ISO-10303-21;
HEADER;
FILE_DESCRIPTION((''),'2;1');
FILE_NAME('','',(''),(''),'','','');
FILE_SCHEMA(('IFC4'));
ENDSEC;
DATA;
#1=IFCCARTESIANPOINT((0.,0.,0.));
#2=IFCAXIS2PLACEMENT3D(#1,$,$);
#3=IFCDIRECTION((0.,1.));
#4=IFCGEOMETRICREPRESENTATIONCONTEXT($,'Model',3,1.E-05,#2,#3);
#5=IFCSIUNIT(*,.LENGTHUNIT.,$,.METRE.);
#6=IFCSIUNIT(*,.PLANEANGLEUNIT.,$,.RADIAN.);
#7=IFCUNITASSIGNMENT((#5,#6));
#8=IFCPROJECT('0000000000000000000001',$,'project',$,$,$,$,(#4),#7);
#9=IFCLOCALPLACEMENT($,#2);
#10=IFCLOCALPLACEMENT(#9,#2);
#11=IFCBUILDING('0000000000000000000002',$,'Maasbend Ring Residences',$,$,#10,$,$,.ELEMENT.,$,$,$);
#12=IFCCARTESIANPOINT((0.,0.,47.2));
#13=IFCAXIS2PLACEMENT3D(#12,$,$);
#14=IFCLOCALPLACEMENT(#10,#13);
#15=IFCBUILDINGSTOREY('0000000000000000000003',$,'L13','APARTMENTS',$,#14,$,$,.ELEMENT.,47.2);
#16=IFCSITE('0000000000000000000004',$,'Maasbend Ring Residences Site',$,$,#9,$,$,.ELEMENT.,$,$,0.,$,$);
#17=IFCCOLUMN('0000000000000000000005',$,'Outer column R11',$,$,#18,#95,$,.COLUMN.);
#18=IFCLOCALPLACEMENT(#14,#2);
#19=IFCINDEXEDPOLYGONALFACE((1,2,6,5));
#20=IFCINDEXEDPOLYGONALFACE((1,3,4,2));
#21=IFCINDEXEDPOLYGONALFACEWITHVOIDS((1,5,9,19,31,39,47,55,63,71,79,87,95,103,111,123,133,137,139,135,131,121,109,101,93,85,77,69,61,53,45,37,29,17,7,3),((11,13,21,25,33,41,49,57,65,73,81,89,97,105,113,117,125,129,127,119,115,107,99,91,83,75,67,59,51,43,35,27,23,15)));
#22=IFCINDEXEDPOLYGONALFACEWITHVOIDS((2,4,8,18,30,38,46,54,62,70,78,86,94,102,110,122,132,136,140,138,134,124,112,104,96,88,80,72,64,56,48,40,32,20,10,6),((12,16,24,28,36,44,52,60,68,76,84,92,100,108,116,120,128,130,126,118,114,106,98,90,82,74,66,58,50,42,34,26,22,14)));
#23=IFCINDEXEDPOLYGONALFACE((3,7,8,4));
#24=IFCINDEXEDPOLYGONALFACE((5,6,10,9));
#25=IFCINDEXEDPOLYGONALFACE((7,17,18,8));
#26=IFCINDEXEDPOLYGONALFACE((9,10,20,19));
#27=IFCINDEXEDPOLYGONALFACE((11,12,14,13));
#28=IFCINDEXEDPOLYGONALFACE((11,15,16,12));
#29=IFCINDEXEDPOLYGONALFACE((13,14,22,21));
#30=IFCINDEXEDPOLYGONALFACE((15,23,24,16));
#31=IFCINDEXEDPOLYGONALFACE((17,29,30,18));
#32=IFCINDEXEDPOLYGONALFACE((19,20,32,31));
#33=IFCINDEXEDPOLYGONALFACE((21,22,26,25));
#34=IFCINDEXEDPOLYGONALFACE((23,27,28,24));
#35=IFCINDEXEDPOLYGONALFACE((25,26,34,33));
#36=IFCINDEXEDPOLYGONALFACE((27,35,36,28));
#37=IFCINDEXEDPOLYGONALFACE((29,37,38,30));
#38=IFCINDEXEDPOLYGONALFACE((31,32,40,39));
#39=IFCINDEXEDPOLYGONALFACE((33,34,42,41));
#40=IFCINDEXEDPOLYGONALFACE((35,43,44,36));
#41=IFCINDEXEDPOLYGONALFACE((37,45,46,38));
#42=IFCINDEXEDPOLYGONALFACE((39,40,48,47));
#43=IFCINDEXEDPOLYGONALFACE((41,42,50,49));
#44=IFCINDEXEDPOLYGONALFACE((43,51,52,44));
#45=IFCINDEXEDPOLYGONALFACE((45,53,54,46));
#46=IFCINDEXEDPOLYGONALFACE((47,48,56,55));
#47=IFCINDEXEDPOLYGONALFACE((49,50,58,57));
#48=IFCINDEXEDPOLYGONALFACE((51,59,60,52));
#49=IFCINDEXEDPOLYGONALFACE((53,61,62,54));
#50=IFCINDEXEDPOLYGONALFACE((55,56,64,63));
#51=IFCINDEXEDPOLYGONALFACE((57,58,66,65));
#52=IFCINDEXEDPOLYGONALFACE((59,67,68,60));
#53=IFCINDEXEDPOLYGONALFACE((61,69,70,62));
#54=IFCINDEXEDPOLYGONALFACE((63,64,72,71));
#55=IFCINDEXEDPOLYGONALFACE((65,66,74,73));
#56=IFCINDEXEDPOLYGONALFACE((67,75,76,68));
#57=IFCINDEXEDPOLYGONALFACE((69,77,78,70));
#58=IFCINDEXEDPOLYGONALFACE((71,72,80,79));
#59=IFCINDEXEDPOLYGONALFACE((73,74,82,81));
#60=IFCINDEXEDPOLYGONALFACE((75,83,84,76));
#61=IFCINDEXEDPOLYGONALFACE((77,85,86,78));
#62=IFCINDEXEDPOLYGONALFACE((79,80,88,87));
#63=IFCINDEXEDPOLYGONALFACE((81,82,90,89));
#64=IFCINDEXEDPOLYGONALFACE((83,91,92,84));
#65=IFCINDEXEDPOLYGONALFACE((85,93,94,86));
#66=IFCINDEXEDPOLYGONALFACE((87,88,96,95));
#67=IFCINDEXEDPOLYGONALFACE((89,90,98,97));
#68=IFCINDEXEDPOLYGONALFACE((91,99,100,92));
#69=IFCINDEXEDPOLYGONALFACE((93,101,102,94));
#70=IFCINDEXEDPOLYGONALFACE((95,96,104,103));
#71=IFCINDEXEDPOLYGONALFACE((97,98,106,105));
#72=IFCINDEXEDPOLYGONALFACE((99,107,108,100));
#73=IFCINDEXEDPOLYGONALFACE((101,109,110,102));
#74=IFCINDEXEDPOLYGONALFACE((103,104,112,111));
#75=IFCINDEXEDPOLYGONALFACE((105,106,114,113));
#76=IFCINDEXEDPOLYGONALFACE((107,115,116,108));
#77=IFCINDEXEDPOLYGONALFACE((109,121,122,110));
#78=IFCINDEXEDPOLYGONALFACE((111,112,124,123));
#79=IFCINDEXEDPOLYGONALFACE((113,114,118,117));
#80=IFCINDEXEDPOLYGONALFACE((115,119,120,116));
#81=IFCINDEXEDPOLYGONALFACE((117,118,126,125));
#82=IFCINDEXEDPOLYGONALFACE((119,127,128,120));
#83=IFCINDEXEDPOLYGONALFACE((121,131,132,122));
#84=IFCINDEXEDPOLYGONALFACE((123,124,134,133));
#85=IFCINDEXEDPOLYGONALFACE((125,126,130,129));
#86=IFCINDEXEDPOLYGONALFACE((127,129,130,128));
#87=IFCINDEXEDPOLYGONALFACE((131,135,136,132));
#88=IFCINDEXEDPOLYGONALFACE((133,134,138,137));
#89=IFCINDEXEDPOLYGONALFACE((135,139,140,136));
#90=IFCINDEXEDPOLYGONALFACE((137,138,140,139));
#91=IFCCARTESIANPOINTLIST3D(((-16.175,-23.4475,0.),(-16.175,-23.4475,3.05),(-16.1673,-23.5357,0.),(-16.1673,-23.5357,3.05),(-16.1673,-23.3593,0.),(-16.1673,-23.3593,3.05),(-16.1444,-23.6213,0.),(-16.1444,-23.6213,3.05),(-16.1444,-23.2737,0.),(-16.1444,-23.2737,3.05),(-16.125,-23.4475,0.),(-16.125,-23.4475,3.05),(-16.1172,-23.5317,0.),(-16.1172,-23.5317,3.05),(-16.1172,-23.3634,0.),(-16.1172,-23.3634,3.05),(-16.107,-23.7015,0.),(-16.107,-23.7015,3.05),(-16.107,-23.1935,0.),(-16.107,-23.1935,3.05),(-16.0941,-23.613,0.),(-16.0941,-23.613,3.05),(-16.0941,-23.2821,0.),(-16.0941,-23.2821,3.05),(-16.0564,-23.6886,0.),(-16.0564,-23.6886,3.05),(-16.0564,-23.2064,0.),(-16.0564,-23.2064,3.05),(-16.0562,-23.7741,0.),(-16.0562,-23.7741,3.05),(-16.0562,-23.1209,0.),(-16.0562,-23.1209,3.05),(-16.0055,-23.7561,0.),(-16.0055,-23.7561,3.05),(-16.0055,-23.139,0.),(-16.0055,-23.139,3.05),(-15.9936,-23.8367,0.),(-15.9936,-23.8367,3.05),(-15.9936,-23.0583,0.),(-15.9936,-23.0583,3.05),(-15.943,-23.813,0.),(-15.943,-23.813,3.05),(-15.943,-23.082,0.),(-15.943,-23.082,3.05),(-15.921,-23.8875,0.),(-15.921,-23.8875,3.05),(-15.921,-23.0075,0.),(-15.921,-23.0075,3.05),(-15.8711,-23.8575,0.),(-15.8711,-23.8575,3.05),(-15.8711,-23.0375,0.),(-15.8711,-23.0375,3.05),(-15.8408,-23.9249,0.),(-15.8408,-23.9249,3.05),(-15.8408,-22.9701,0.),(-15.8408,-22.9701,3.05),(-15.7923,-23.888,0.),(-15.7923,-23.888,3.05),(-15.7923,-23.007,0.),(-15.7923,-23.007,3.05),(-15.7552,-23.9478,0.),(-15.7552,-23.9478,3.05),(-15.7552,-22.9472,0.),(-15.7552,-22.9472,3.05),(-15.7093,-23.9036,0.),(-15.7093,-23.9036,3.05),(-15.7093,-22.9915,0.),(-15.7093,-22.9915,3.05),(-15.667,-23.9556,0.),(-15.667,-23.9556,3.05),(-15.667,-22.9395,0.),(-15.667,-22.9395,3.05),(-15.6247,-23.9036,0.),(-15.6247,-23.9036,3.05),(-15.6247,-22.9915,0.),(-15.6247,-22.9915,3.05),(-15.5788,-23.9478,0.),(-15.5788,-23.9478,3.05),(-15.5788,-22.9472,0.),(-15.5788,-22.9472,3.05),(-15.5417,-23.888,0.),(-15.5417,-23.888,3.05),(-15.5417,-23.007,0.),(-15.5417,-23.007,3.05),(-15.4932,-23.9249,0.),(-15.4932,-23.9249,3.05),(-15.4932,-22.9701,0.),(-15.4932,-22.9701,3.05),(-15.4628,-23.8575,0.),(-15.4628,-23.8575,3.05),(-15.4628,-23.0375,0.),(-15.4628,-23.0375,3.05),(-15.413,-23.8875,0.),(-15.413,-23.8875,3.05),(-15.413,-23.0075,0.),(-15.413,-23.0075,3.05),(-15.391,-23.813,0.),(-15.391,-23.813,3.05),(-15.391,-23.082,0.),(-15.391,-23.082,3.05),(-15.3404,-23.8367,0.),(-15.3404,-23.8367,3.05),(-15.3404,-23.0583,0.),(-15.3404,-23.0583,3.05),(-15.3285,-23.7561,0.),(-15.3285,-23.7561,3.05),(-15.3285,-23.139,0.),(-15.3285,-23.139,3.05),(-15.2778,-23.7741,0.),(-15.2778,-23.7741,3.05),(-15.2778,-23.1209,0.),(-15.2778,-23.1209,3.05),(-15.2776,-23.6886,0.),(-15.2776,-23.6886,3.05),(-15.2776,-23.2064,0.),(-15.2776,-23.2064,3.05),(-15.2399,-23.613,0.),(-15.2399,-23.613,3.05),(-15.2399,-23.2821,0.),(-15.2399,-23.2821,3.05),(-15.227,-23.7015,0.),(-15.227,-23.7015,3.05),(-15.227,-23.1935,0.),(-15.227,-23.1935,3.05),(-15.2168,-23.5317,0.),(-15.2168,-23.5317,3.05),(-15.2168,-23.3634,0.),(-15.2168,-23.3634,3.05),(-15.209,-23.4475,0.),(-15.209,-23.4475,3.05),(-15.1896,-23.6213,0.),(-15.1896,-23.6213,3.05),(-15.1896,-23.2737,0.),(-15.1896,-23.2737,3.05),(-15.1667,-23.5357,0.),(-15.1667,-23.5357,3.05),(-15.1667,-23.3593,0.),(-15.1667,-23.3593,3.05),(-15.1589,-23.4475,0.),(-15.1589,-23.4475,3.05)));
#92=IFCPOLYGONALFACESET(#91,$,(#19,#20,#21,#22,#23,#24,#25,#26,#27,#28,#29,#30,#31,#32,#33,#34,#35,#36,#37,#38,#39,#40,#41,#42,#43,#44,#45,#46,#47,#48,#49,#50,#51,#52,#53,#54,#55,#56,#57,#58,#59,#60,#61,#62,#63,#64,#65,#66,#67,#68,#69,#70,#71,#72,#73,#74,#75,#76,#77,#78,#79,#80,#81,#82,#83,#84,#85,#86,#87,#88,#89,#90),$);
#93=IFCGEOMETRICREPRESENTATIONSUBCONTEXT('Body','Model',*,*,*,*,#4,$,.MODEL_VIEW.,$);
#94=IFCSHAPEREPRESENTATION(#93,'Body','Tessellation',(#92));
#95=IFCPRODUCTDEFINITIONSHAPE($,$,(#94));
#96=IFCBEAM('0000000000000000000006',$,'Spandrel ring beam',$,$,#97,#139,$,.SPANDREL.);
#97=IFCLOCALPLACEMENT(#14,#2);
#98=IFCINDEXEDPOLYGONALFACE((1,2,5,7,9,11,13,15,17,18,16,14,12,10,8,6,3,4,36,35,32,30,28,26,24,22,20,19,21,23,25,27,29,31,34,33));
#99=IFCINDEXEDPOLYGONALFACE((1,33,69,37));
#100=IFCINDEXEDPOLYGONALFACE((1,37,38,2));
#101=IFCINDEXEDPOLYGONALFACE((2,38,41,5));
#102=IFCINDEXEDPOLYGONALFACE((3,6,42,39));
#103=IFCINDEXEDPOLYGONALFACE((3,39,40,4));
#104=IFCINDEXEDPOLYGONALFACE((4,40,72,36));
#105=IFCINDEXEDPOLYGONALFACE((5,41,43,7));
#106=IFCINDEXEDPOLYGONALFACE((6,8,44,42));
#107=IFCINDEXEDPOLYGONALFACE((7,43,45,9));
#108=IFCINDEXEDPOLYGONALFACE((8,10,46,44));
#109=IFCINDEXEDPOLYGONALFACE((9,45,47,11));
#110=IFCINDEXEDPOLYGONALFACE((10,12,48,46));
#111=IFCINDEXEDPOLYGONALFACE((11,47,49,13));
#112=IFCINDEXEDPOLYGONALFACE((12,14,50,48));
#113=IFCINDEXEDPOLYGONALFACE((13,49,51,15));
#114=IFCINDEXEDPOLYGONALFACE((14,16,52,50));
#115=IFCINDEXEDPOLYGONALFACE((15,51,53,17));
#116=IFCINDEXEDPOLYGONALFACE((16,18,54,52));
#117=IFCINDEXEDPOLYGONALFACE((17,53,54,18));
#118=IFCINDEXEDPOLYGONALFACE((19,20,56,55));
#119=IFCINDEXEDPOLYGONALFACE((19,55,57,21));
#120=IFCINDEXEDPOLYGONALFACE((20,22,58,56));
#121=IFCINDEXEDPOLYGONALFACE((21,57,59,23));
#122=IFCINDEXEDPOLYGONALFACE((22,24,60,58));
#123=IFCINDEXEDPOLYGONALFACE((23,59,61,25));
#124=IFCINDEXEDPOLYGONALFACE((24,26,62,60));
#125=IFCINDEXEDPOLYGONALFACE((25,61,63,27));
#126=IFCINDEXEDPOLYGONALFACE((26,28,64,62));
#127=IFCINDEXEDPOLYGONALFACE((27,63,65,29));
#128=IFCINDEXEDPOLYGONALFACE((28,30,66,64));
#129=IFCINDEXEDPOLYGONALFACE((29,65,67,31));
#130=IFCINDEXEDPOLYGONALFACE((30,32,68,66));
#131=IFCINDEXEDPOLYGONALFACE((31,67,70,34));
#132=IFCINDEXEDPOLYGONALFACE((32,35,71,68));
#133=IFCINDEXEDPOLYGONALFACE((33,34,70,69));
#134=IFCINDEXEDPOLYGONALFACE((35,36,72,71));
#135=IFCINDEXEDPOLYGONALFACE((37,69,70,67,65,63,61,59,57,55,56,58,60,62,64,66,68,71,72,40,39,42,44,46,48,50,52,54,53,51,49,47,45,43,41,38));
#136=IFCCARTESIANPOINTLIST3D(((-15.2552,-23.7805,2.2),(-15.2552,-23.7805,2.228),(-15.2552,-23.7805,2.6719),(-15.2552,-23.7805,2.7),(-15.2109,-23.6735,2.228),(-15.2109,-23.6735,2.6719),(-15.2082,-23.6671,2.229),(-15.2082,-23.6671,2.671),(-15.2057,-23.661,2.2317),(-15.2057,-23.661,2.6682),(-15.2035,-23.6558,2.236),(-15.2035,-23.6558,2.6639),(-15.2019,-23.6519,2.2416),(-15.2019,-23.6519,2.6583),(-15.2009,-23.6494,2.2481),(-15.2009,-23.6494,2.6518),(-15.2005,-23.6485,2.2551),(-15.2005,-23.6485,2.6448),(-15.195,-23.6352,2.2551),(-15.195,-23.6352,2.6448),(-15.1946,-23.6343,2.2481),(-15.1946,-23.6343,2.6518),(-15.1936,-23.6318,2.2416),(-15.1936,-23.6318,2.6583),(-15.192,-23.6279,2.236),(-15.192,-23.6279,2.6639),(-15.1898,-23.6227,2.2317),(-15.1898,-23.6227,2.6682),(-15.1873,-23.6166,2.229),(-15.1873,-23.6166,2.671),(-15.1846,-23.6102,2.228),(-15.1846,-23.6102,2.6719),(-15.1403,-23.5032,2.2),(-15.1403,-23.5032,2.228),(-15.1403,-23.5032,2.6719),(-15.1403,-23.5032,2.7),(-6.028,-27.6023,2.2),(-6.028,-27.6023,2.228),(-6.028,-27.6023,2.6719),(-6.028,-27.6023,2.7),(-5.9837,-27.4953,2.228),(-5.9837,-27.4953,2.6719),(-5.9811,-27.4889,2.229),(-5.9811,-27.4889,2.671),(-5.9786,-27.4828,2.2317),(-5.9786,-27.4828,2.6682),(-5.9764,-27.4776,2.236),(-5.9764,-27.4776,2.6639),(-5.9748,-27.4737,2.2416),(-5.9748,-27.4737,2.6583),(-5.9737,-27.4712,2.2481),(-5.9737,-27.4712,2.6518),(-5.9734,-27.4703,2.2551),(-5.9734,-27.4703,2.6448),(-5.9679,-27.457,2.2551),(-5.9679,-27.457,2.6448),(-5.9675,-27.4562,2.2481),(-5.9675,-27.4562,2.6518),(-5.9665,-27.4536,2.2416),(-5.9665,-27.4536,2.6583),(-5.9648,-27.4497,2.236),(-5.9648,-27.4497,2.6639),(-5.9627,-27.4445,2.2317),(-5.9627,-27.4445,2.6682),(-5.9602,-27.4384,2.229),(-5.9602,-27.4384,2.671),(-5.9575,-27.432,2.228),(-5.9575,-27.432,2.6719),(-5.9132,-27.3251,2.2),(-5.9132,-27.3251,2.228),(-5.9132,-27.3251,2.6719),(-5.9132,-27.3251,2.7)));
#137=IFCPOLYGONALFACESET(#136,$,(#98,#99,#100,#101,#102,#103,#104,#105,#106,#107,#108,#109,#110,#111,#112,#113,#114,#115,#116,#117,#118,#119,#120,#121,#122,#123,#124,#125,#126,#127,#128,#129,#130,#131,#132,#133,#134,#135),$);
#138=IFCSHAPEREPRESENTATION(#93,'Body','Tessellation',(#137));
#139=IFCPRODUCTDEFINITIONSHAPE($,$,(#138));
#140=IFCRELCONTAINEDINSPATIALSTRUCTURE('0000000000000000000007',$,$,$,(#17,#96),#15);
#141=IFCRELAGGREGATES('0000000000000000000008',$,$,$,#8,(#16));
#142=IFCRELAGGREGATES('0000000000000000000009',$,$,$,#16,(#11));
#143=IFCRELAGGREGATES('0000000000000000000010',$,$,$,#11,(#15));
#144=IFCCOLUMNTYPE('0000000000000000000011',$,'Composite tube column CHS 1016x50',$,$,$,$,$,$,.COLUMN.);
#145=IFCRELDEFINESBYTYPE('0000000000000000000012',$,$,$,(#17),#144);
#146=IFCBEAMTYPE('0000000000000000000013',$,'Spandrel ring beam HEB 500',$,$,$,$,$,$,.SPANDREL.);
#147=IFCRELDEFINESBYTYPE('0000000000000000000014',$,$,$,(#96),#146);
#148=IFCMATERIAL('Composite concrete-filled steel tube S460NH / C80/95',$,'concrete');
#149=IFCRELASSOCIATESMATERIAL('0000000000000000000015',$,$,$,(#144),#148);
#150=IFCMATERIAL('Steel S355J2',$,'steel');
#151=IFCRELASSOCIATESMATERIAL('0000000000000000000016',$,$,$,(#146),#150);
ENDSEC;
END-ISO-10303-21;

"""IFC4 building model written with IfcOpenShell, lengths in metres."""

from ifc_helpers import new_model, si_unit, direction, frame, origin, origin_2d, place, context, subcontext, project, spatial, hollow_circle, i_section, extrude, material, material_profile, profile_set, type_object, element, save


model = new_model("IFC4")

# Units and contexts
model_context = context("Model", 3, precision=1e-05, world=origin(), true_north=direction((0.0, 1.0)))
body_context = subcontext(model_context, "Body", "Model", "MODEL_VIEW")
ifc_project = project(units=[si_unit("LENGTHUNIT", "METRE"), si_unit("PLANEANGLEUNIT", "RADIAN")], contexts=[model_context])

# Site, building, storey
site_placement = place(None, origin())
site = spatial("IfcSite", under=ifc_project, at=site_placement, Name="Maasbend Ring Residences Site", CompositionType="ELEMENT", RefElevation=0.0)
building_placement = place(site_placement, origin())
building = spatial("IfcBuilding", under=site, at=building_placement, Name="Maasbend Ring Residences", CompositionType="ELEMENT")
storey_placement = place(building_placement, frame((0.0, 0.0, 47.2)))
storey = spatial("IfcBuildingStorey", under=building, at=storey_placement, Name="L13", Description="APARTMENTS", CompositionType="ELEMENT", Elevation=47.2)

# Column
ifc_material_1 = material(Name="Composite concrete-filled steel tube S460NH / C80/95", Category="concrete")
ifc_material_profile_1 = material_profile(ifc_material_1, hollow_circle(Radius=0.5081, WallThickness=0.05, at=origin_2d()), Name="Composite tube column CHS 1016x50")
ifc_profile_set_1 = profile_set([ifc_material_profile_1], Name="Composite concrete-filled steel tube S460NH / C80/95")
column_type = type_object("IfcColumnType", Name="Composite tube column CHS 1016x50", PredefinedType="COLUMN", material=ifc_profile_set_1)
column_placement = place(storey_placement, frame((-15.667, -23.4475, 0.0), z_axis=(0.0, 0.0, 1.0), x_axis=(1.0, 0.0, 0.0)))
element("IfcColumn", 1, at=column_placement, inside=storey, type_object=column_type, Name="Outer column R11", PredefinedType="COLUMN", context=body_context, shape_type="SweptSolid", body=[
    extrude(hollow_circle(Radius=0.5081, WallThickness=0.05, at=origin_2d()), origin(), (0.0, 0.0, 1.0), 3.05),
])

# Beam
ifc_material_2 = material(Name="Steel S355J2", Category="steel")
ifc_material_profile_2 = material_profile(ifc_material_2, i_section(OverallWidth=0.3, OverallDepth=0.5, WebThickness=0.0144, FlangeThickness=0.0281, FilletRadius=0.0271, at=origin_2d()), Name="HEB 500")
ifc_profile_set_2 = profile_set([ifc_material_profile_2], Name="Steel S355J2")
beam_type = type_object("IfcBeamType", Name="Spandrel ring beam HEB 500", PredefinedType="SPANDREL", material=ifc_profile_set_2)
beam_placement = place(storey_placement, frame((-15.1978, -23.6418, 2.45), z_axis=(0.923886, -0.382667, 0.0), x_axis=(0.382667, 0.923886, 0.0)))
element("IfcBeam", 2, at=beam_placement, inside=storey, type_object=beam_type, Name="Spandrel ring beam", PredefinedType="SPANDREL", context=body_context, shape_type="SweptSolid", body=[
    extrude(i_section(OverallWidth=0.3, OverallDepth=0.5, WebThickness=0.0144, FlangeThickness=0.0281, FilletRadius=0.0271, at=origin_2d()), origin(), (0.0, 0.0, 1.0), 9.9873),
])

save(model, "model.ifc")
